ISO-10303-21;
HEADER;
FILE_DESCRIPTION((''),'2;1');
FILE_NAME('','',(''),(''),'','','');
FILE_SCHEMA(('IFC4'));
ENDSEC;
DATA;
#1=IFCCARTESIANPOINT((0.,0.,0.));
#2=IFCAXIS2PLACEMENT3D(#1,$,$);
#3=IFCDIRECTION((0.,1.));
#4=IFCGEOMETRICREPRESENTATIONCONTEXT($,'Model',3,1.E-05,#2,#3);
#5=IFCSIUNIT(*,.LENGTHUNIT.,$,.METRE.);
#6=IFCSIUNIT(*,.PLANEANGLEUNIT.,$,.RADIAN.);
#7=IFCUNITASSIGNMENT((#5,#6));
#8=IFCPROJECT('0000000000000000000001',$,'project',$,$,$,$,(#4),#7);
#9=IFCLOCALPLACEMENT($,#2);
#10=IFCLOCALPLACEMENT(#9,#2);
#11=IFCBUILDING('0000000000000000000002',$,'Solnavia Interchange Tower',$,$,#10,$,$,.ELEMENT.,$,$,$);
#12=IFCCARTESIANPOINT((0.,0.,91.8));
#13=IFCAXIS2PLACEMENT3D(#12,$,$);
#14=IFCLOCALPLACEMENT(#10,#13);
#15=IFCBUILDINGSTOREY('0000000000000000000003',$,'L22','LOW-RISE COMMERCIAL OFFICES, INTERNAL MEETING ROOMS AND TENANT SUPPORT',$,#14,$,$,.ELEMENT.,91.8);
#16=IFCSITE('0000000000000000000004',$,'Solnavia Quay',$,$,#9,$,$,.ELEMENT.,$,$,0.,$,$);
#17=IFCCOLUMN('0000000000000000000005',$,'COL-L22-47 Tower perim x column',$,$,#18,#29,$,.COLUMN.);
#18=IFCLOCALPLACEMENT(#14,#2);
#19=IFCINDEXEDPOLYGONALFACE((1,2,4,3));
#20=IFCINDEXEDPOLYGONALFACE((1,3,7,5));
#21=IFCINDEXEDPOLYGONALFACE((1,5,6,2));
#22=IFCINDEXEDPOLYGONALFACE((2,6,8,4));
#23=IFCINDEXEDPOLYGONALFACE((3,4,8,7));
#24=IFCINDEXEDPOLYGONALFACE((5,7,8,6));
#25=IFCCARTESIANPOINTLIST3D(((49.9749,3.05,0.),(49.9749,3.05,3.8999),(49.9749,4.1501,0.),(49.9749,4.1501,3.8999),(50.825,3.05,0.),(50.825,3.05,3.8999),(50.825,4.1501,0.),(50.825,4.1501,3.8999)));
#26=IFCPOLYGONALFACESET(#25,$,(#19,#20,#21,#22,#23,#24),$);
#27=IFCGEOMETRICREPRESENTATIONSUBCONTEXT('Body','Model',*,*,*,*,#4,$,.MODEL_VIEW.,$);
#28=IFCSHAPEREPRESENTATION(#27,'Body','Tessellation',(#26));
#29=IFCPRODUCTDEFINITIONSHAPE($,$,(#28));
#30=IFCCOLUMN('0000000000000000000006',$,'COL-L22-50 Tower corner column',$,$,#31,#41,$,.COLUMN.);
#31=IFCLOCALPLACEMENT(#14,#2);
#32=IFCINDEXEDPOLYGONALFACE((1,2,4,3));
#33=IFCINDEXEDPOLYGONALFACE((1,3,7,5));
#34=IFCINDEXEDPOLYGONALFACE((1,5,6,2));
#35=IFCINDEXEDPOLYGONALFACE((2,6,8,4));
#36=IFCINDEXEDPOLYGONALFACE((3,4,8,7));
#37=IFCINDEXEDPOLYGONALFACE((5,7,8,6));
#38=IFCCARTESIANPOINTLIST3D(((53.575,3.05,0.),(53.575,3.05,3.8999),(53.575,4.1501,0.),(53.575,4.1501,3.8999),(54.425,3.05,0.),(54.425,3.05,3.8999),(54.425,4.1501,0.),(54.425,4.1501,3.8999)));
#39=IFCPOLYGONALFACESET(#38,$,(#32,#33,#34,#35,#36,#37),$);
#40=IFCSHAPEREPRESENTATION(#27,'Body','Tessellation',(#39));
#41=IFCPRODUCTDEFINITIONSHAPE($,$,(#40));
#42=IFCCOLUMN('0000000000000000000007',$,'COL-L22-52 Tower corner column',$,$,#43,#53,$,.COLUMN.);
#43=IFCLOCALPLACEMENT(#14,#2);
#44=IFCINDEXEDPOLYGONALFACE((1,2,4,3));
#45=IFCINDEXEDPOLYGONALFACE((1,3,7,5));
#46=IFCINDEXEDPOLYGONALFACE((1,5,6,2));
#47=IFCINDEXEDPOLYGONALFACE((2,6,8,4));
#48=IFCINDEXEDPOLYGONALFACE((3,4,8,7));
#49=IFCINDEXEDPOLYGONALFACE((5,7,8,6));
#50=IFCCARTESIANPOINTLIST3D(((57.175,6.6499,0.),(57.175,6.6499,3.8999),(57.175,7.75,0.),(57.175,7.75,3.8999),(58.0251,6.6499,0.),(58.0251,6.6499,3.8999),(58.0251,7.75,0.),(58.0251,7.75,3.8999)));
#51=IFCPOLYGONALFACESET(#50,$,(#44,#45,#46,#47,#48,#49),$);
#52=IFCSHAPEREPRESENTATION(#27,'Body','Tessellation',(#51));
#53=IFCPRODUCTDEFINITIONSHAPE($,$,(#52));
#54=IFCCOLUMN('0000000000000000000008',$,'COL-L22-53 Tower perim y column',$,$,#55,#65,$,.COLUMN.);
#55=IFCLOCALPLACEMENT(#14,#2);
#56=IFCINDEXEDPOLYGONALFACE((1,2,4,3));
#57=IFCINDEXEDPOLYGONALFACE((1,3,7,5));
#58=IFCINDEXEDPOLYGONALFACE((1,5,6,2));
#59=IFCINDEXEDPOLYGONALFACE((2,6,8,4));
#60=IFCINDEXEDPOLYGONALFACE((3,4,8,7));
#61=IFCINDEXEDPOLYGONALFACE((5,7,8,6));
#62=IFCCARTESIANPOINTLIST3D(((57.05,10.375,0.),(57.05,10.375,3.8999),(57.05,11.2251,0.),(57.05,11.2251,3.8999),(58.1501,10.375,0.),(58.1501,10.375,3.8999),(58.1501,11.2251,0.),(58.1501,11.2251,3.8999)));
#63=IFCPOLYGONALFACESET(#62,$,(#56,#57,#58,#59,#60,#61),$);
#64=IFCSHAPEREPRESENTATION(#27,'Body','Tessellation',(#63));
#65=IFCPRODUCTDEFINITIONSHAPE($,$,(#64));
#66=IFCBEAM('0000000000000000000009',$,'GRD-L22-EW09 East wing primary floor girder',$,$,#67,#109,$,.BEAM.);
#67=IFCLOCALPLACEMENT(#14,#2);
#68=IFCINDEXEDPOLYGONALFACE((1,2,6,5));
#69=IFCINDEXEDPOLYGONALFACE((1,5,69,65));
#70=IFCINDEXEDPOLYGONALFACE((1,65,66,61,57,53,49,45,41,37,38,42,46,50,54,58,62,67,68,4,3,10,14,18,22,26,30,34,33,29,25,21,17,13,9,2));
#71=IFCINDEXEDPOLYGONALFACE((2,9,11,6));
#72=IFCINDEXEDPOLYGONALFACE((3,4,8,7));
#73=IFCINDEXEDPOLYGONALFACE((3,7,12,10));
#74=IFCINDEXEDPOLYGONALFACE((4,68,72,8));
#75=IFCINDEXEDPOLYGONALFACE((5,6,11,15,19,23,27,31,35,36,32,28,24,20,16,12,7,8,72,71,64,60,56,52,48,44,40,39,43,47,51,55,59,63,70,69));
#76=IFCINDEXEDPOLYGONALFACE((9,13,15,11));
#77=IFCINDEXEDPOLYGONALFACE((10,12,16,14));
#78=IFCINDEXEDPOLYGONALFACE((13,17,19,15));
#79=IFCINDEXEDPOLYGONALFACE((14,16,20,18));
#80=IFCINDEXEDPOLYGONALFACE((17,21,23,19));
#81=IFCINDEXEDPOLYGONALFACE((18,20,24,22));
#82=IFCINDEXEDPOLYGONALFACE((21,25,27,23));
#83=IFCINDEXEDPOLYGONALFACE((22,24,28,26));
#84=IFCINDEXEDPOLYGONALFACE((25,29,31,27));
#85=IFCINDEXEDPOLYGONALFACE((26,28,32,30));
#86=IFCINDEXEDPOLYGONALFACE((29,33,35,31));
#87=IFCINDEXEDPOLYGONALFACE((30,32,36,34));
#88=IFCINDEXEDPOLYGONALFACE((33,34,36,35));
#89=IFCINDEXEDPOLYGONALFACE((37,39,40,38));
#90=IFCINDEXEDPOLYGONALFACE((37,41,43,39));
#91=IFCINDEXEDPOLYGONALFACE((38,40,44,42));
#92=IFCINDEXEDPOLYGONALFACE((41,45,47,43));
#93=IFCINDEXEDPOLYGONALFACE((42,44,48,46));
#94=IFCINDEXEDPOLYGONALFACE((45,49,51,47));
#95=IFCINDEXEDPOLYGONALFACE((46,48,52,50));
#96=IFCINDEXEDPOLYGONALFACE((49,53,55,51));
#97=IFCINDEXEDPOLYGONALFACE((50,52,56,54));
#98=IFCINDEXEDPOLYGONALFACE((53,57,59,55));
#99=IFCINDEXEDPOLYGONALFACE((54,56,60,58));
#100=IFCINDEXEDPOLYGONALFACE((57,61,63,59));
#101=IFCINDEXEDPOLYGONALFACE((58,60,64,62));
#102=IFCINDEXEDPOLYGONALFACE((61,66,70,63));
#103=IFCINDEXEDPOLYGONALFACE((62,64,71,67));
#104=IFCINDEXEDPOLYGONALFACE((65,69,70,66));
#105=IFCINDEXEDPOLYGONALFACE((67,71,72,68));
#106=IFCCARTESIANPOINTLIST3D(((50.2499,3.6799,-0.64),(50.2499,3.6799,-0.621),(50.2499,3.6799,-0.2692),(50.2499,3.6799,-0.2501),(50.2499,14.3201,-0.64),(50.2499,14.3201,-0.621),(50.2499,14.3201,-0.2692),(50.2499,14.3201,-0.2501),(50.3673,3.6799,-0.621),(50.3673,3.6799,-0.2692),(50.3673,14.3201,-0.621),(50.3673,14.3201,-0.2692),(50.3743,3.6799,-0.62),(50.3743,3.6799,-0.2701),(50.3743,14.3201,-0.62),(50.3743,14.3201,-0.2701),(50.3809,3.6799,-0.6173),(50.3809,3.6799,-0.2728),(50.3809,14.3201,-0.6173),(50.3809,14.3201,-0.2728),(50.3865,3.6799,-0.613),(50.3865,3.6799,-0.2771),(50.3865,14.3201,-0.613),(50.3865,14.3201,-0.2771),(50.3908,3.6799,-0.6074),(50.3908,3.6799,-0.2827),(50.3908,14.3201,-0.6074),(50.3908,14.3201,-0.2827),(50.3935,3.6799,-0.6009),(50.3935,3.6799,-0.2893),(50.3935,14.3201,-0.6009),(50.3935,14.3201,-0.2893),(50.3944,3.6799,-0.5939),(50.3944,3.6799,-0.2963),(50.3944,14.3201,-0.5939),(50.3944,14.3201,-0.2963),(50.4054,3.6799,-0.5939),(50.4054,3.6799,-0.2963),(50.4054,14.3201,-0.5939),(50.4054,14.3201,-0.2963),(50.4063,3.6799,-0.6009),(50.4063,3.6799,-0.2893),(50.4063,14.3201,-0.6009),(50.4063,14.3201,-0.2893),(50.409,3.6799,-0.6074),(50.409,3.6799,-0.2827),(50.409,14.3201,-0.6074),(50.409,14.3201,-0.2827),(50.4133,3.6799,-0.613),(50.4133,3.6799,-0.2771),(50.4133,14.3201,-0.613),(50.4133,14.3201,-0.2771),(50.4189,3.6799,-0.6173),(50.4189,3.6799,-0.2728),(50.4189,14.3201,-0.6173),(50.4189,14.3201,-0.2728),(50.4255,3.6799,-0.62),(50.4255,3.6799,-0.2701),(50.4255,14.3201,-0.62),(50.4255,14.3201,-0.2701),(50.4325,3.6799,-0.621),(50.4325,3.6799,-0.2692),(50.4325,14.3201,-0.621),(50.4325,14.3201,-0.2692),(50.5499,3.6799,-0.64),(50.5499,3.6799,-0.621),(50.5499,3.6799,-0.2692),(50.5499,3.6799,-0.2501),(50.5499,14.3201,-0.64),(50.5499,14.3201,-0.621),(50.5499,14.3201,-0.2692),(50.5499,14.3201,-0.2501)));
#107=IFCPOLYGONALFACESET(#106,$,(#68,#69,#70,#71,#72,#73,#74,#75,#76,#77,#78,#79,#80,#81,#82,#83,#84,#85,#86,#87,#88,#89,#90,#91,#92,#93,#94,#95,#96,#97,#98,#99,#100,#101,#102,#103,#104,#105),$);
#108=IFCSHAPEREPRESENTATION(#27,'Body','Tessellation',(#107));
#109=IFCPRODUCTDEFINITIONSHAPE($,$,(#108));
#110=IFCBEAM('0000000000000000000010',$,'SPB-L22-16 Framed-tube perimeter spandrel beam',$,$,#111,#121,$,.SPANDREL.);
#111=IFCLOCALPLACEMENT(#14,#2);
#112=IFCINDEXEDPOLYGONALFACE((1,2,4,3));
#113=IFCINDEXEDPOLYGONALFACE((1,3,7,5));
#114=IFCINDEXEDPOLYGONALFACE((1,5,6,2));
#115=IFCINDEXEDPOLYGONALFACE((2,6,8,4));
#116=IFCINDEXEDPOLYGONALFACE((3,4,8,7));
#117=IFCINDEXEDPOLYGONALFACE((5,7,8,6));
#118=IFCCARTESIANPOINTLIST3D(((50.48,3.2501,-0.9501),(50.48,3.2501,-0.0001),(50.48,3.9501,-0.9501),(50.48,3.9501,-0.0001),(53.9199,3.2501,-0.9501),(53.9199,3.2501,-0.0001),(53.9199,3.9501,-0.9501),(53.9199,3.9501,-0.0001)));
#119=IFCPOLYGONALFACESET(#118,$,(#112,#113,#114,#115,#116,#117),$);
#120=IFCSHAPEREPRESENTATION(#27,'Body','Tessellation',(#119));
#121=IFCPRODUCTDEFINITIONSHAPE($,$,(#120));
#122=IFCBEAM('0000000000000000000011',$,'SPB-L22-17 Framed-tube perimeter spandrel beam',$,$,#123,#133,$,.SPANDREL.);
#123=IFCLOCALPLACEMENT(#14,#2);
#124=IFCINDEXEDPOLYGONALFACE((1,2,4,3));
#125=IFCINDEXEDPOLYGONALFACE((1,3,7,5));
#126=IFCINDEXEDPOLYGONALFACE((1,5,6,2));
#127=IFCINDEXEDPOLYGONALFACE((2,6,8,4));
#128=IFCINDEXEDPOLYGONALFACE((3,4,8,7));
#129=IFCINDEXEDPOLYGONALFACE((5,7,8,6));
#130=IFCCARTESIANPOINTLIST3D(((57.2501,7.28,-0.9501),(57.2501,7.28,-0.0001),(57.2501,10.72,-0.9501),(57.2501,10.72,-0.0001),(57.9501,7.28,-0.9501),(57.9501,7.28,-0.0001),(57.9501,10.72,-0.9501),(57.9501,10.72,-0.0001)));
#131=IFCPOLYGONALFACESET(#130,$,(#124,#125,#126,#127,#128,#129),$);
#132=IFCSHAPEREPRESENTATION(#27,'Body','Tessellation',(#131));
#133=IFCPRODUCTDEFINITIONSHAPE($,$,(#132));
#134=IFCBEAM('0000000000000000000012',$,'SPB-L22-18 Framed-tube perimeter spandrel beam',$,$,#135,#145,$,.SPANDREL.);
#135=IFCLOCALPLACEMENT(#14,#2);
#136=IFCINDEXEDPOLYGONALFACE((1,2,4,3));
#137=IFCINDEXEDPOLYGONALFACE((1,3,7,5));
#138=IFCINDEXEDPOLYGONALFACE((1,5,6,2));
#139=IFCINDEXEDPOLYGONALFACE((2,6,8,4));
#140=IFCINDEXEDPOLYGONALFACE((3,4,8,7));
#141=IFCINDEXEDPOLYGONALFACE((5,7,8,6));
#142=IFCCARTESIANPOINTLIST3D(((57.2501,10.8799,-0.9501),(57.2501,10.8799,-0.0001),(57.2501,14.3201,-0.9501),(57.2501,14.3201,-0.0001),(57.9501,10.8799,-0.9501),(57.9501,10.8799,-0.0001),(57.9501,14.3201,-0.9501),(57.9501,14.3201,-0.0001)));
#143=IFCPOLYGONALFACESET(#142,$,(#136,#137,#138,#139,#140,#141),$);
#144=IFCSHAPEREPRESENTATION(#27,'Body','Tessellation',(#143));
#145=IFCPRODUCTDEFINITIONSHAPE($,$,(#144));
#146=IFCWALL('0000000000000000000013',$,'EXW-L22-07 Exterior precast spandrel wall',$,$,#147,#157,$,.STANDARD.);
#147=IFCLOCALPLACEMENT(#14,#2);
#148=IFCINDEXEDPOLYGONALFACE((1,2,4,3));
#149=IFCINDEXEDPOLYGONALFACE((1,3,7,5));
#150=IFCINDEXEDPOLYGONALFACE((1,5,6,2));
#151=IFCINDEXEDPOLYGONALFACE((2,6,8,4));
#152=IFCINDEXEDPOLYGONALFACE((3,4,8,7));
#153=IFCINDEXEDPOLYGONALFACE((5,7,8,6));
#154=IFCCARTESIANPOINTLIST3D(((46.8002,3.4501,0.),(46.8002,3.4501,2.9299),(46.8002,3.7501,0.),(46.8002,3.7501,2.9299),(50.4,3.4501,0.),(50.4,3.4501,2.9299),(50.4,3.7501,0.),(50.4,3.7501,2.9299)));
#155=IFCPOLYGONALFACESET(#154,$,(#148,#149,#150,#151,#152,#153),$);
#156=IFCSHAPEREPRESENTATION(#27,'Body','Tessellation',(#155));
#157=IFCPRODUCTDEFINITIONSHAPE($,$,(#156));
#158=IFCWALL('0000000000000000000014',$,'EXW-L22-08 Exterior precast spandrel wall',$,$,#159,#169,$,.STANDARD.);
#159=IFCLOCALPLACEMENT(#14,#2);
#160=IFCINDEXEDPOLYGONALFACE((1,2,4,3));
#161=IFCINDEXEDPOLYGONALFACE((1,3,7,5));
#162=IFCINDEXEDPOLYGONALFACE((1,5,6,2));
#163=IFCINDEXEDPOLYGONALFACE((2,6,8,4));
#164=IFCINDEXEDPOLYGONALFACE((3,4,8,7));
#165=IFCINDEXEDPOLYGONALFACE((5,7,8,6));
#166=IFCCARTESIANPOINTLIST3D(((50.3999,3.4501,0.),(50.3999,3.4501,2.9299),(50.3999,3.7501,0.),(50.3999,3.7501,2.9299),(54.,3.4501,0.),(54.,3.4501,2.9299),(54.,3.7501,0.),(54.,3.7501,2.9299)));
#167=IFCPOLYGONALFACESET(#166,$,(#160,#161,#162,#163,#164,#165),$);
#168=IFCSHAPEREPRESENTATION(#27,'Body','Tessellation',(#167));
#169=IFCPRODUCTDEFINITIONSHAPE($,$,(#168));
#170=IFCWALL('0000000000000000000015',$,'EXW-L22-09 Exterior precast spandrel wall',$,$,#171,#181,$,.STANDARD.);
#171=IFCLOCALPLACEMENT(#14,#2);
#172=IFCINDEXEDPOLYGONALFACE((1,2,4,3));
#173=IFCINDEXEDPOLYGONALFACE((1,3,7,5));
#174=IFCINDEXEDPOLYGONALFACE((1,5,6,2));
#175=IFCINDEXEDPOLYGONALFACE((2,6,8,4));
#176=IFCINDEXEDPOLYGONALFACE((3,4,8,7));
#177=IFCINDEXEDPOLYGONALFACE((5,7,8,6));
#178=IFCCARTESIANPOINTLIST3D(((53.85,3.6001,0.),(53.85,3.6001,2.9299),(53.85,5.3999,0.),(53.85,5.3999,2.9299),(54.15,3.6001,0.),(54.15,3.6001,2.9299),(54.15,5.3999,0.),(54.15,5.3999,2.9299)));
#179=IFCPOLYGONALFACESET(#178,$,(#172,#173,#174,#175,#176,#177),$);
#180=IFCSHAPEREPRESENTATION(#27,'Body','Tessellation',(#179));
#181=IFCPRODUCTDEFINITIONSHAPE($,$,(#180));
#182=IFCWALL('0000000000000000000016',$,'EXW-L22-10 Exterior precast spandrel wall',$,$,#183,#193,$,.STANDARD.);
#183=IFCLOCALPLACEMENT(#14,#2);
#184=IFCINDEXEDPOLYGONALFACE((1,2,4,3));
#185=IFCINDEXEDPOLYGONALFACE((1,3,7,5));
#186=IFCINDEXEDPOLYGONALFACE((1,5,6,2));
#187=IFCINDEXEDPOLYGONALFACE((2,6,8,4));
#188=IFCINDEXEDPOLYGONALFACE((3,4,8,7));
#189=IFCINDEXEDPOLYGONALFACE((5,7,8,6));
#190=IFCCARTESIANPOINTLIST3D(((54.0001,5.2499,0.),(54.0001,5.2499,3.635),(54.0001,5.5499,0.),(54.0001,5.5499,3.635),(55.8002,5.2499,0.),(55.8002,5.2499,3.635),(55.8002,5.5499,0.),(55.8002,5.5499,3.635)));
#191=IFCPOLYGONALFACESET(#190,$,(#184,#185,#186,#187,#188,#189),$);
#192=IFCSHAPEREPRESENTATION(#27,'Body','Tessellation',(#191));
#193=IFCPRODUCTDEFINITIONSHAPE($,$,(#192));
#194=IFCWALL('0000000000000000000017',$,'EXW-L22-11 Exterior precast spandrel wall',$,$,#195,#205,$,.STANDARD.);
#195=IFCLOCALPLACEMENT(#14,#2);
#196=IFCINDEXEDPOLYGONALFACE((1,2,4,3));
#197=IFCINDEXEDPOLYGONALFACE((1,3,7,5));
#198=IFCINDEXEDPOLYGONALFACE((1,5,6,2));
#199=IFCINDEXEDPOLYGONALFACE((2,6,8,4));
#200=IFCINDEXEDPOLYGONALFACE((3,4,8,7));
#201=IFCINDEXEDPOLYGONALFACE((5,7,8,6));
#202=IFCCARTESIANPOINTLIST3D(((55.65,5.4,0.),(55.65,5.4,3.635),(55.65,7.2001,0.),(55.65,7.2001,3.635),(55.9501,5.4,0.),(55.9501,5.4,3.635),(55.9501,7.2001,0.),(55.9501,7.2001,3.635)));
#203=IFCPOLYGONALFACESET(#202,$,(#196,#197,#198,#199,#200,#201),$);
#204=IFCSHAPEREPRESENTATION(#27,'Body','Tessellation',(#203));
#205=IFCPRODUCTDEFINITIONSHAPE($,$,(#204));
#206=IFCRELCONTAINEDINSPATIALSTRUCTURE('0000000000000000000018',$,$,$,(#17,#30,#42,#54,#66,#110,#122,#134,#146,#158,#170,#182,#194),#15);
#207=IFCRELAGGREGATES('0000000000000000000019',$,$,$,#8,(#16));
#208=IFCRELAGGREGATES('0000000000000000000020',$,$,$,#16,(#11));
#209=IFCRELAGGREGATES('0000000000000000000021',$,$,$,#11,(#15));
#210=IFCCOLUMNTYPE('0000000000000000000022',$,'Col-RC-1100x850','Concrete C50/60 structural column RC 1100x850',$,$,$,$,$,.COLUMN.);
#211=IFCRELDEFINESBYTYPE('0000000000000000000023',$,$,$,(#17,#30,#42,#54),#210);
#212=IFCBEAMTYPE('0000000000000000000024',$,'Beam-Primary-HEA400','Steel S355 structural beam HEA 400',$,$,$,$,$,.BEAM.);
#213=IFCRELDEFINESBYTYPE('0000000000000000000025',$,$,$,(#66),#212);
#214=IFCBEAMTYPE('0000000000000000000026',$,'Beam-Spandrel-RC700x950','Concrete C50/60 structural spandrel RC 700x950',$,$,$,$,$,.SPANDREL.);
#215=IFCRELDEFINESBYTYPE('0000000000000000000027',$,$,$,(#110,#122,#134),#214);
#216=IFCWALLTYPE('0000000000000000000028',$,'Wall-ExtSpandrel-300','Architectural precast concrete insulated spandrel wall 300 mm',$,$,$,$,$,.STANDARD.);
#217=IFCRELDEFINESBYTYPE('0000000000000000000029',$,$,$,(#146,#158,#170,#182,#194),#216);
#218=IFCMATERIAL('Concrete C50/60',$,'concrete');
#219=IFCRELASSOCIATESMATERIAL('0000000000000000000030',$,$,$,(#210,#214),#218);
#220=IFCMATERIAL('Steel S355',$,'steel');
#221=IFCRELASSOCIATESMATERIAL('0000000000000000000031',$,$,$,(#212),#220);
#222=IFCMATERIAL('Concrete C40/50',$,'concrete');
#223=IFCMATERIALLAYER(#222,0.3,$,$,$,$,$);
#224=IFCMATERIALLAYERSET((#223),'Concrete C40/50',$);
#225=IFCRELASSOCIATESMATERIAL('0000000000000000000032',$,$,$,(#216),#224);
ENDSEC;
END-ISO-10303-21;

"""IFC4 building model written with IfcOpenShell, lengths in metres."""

from ifc_helpers import new_model, si_unit, direction, frame, frame_2d, origin, origin_2d, place, context, subcontext, project, spatial, rectangle, i_section, extrude, material, layer, layer_set, material_profile, profile_set, type_object, element, save


model = new_model("IFC4")

# Units and contexts
model_context = context("Model", 3, precision=1e-05, world=origin(), true_north=direction((0.0, 1.0)))
body_context = subcontext(model_context, "Body", "Model", "MODEL_VIEW")
ifc_project = project(units=[si_unit("LENGTHUNIT", "METRE"), si_unit("PLANEANGLEUNIT", "RADIAN")], contexts=[model_context])

# Site, building, storey
site_placement = place(None, origin())
site = spatial("IfcSite", under=ifc_project, at=site_placement, Name="Solnavia Quay", CompositionType="ELEMENT", RefElevation=0.0)
building_placement = place(site_placement, origin())
building = spatial("IfcBuilding", under=site, at=building_placement, Name="Solnavia Interchange Tower", CompositionType="ELEMENT")
storey_placement = place(building_placement, frame((0.0, 0.0, 91.8)))
storey = spatial("IfcBuildingStorey", under=building, at=storey_placement, Name="L22", Description="LOW-RISE COMMERCIAL OFFICES, INTERNAL MEETING ROOMS AND TENANT SUPPORT", CompositionType="ELEMENT", Elevation=91.8)

# Columns
ifc_material_1 = material(Name="Concrete C50/60", Category="concrete")
ifc_material_profile_1 = material_profile(ifc_material_1, rectangle(XDim=0.8501, YDim=1.1001, at=origin_2d()), Name="RC 1100x850")
ifc_profile_set_1 = profile_set([ifc_material_profile_1], Name="Concrete C50/60")
column_type = type_object("IfcColumnType", Name="Col-RC-1100x850", Description="Concrete C50/60 structural column RC 1100x850", PredefinedType="COLUMN", material=ifc_profile_set_1)
for number, where, z_axis, x_axis, name in (
    (1, (50.3999, 3.6001, 0.0), (0.0, 0.0, 1.0), (1.0, 0.0, 0.0), "COL-L22-47 Tower perim x column"),
    (2, (54.0, 3.6001, 0.0), (0.0, 0.0, 1.0), (1.0, 0.0, 0.0), "COL-L22-50 Tower corner column"),
    (3, (57.6001, 7.2, 0.0), (0.0, 0.0, 1.0), (1.0, 0.0, 0.0), "COL-L22-52 Tower corner column"),
    (4, (57.6001, 10.8, 0.0), (0.0, 0.0, 1.0), (0.0, 1.0, 0.0), "COL-L22-53 Tower perim y column"),
):
    element("IfcColumn", number, at=place(storey_placement, frame(where, z_axis=z_axis, x_axis=x_axis)), inside=storey, type_object=column_type, Name=name, PredefinedType="COLUMN", context=body_context, shape_type="SweptSolid", body=[
        extrude(rectangle(XDim=0.8501, YDim=1.1001, at=origin_2d()), origin(), (0.0, 0.0, 1.0), 3.8999),
    ])

# Beams
ifc_material_2 = material(Name="Steel S355", Category="steel")
ifc_material_profile_2 = material_profile(ifc_material_2, i_section(OverallWidth=0.3, OverallDepth=0.3899, WebThickness=0.011, FlangeThickness=0.019, FilletRadius=0.0271, at=origin_2d()), Name="HEA 400")
ifc_profile_set_2 = profile_set([ifc_material_profile_2], Name="Steel S355")
beam_type_1 = type_object("IfcBeamType", Name="Beam-Primary-HEA400", Description="Steel S355 structural beam HEA 400", PredefinedType="BEAM", material=ifc_profile_set_2)
beam_1_placement = place(storey_placement, frame((50.3999, 3.6799, -0.4451), z_axis=(0.0, 1.0, 0.0), x_axis=(-1.0, 0.0, 0.0)))
element("IfcBeam", 5, at=beam_1_placement, inside=storey, type_object=beam_type_1, Name="GRD-L22-EW09 East wing primary floor girder", PredefinedType="BEAM", context=body_context, shape_type="SweptSolid", body=[
    extrude(i_section(OverallWidth=0.3, OverallDepth=0.3899, WebThickness=0.011, FlangeThickness=0.019, FilletRadius=0.0271, at=origin_2d()), origin(), (0.0, 0.0, 1.0), 10.6401),
])
ifc_material_profile_3 = material_profile(ifc_material_1, rectangle(XDim=0.7, YDim=0.95, at=origin_2d()), Name="RC 700x950")
ifc_profile_set_3 = profile_set([ifc_material_profile_3], Name="Concrete C50/60")
beam_type_2 = type_object("IfcBeamType", Name="Beam-Spandrel-RC700x950", Description="Concrete C50/60 structural spandrel RC 700x950", PredefinedType="SPANDREL", material=ifc_profile_set_3)
for number, where, z_axis, x_axis, name in (
    (6, (50.48, 3.6001, -0.4751), (1.0, 0.0, 0.0), (0.0, 1.0, 0.0), "SPB-L22-16 Framed-tube perimeter spandrel beam"),
    (7, (57.6001, 7.28, -0.4751), (0.0, 1.0, 0.0), (-1.0, 0.0, 0.0), "SPB-L22-17 Framed-tube perimeter spandrel beam"),
):
    element("IfcBeam", number, at=place(storey_placement, frame(where, z_axis=z_axis, x_axis=x_axis)), inside=storey, type_object=beam_type_2, Name=name, PredefinedType="SPANDREL", context=body_context, shape_type="SweptSolid", body=[
        extrude(rectangle(XDim=0.7, YDim=0.95, at=origin_2d()), origin(), (0.0, 0.0, 1.0), 3.4399),
    ])
beam_2_placement = place(storey_placement, frame((57.6001, 10.8799, -0.4751), z_axis=(0.0, 1.0, 0.0), x_axis=(-1.0, 0.0, 0.0)))
element("IfcBeam", 8, at=beam_2_placement, inside=storey, type_object=beam_type_2, Name="SPB-L22-18 Framed-tube perimeter spandrel beam", PredefinedType="SPANDREL", context=body_context, shape_type="SweptSolid", body=[
    extrude(rectangle(XDim=0.7, YDim=0.95, at=origin_2d()), origin(), (0.0, 0.0, 1.0), 3.4402),
])

# Walls
ifc_material_3 = material(Name="Concrete C40/50", Category="concrete")
ifc_layer_1 = layer(ifc_material_3, 0.3)
ifc_layer_set_1 = layer_set([ifc_layer_1], Name="Concrete C40/50")
wall_type_1 = type_object("IfcWallType", Name="Wall-ExtSpandrel-300", Description="Architectural precast concrete insulated spandrel wall 300 mm", PredefinedType="STANDARD", material=ifc_layer_set_1)
wall_1_placement = place(storey_placement, frame((50.3999, 3.6001, 0.0), z_axis=(0.0, 0.0, 1.0), x_axis=(-1.0, 0.0, 0.0)))
element("IfcWall", 9, at=wall_1_placement, inside=storey, type_object=wall_type_1, Name="EXW-L22-07 Exterior precast spandrel wall", PredefinedType="STANDARD", context=body_context, shape_type="SweptSolid", body=[
    extrude(rectangle(XDim=3.5999, YDim=0.3, at=frame_2d((1.7998, 0.0))), origin(), (0.0, 0.0, 1.0), 2.9299),
])
wall_2_placement = place(storey_placement, frame((54.0, 3.6001, 0.0), z_axis=(0.0, 0.0, 1.0), x_axis=(-1.0, 0.0, 0.0)))
element("IfcWall", 10, at=wall_2_placement, inside=storey, type_object=wall_type_1, Name="EXW-L22-08 Exterior precast spandrel wall", PredefinedType="STANDARD", context=body_context, shape_type="SweptSolid", body=[
    extrude(rectangle(XDim=3.6001, YDim=0.3, at=frame_2d((1.8, 0.0))), origin(), (0.0, 0.0, 1.0), 2.9299),
])
wall_3_placement = place(storey_placement, frame((54.0, 5.3999, 0.0), z_axis=(0.0, 0.0, 1.0), x_axis=(0.0, -1.0, 0.0)))
element("IfcWall", 11, at=wall_3_placement, inside=storey, type_object=wall_type_1, Name="EXW-L22-09 Exterior precast spandrel wall", PredefinedType="STANDARD", context=body_context, shape_type="SweptSolid", body=[
    extrude(rectangle(XDim=1.7998, YDim=0.3, at=frame_2d((0.8999, 0.0))), origin(), (0.0, 0.0, 1.0), 2.9299),
])
for number, where, z_axis, x_axis, name in (
    (12, (55.8, 5.3999, 0.0), (0.0, 0.0, 1.0), (-1.0, 0.0, 0.0), "EXW-L22-10 Exterior precast spandrel wall"),
    (13, (55.8, 7.2, 0.0), (0.0, 0.0, 1.0), (0.0, -1.0, 0.0), "EXW-L22-11 Exterior precast spandrel wall"),
):
    element("IfcWall", number, at=place(storey_placement, frame(where, z_axis=z_axis, x_axis=x_axis)), inside=storey, type_object=wall_type_1, Name=name, PredefinedType="STANDARD", context=body_context, shape_type="SweptSolid", body=[
        extrude(rectangle(XDim=1.8, YDim=0.3, at=frame_2d((0.8999, 0.0))), origin(), (0.0, 0.0, 1.0), 3.635),
    ])

save(model, "model.ifc")
